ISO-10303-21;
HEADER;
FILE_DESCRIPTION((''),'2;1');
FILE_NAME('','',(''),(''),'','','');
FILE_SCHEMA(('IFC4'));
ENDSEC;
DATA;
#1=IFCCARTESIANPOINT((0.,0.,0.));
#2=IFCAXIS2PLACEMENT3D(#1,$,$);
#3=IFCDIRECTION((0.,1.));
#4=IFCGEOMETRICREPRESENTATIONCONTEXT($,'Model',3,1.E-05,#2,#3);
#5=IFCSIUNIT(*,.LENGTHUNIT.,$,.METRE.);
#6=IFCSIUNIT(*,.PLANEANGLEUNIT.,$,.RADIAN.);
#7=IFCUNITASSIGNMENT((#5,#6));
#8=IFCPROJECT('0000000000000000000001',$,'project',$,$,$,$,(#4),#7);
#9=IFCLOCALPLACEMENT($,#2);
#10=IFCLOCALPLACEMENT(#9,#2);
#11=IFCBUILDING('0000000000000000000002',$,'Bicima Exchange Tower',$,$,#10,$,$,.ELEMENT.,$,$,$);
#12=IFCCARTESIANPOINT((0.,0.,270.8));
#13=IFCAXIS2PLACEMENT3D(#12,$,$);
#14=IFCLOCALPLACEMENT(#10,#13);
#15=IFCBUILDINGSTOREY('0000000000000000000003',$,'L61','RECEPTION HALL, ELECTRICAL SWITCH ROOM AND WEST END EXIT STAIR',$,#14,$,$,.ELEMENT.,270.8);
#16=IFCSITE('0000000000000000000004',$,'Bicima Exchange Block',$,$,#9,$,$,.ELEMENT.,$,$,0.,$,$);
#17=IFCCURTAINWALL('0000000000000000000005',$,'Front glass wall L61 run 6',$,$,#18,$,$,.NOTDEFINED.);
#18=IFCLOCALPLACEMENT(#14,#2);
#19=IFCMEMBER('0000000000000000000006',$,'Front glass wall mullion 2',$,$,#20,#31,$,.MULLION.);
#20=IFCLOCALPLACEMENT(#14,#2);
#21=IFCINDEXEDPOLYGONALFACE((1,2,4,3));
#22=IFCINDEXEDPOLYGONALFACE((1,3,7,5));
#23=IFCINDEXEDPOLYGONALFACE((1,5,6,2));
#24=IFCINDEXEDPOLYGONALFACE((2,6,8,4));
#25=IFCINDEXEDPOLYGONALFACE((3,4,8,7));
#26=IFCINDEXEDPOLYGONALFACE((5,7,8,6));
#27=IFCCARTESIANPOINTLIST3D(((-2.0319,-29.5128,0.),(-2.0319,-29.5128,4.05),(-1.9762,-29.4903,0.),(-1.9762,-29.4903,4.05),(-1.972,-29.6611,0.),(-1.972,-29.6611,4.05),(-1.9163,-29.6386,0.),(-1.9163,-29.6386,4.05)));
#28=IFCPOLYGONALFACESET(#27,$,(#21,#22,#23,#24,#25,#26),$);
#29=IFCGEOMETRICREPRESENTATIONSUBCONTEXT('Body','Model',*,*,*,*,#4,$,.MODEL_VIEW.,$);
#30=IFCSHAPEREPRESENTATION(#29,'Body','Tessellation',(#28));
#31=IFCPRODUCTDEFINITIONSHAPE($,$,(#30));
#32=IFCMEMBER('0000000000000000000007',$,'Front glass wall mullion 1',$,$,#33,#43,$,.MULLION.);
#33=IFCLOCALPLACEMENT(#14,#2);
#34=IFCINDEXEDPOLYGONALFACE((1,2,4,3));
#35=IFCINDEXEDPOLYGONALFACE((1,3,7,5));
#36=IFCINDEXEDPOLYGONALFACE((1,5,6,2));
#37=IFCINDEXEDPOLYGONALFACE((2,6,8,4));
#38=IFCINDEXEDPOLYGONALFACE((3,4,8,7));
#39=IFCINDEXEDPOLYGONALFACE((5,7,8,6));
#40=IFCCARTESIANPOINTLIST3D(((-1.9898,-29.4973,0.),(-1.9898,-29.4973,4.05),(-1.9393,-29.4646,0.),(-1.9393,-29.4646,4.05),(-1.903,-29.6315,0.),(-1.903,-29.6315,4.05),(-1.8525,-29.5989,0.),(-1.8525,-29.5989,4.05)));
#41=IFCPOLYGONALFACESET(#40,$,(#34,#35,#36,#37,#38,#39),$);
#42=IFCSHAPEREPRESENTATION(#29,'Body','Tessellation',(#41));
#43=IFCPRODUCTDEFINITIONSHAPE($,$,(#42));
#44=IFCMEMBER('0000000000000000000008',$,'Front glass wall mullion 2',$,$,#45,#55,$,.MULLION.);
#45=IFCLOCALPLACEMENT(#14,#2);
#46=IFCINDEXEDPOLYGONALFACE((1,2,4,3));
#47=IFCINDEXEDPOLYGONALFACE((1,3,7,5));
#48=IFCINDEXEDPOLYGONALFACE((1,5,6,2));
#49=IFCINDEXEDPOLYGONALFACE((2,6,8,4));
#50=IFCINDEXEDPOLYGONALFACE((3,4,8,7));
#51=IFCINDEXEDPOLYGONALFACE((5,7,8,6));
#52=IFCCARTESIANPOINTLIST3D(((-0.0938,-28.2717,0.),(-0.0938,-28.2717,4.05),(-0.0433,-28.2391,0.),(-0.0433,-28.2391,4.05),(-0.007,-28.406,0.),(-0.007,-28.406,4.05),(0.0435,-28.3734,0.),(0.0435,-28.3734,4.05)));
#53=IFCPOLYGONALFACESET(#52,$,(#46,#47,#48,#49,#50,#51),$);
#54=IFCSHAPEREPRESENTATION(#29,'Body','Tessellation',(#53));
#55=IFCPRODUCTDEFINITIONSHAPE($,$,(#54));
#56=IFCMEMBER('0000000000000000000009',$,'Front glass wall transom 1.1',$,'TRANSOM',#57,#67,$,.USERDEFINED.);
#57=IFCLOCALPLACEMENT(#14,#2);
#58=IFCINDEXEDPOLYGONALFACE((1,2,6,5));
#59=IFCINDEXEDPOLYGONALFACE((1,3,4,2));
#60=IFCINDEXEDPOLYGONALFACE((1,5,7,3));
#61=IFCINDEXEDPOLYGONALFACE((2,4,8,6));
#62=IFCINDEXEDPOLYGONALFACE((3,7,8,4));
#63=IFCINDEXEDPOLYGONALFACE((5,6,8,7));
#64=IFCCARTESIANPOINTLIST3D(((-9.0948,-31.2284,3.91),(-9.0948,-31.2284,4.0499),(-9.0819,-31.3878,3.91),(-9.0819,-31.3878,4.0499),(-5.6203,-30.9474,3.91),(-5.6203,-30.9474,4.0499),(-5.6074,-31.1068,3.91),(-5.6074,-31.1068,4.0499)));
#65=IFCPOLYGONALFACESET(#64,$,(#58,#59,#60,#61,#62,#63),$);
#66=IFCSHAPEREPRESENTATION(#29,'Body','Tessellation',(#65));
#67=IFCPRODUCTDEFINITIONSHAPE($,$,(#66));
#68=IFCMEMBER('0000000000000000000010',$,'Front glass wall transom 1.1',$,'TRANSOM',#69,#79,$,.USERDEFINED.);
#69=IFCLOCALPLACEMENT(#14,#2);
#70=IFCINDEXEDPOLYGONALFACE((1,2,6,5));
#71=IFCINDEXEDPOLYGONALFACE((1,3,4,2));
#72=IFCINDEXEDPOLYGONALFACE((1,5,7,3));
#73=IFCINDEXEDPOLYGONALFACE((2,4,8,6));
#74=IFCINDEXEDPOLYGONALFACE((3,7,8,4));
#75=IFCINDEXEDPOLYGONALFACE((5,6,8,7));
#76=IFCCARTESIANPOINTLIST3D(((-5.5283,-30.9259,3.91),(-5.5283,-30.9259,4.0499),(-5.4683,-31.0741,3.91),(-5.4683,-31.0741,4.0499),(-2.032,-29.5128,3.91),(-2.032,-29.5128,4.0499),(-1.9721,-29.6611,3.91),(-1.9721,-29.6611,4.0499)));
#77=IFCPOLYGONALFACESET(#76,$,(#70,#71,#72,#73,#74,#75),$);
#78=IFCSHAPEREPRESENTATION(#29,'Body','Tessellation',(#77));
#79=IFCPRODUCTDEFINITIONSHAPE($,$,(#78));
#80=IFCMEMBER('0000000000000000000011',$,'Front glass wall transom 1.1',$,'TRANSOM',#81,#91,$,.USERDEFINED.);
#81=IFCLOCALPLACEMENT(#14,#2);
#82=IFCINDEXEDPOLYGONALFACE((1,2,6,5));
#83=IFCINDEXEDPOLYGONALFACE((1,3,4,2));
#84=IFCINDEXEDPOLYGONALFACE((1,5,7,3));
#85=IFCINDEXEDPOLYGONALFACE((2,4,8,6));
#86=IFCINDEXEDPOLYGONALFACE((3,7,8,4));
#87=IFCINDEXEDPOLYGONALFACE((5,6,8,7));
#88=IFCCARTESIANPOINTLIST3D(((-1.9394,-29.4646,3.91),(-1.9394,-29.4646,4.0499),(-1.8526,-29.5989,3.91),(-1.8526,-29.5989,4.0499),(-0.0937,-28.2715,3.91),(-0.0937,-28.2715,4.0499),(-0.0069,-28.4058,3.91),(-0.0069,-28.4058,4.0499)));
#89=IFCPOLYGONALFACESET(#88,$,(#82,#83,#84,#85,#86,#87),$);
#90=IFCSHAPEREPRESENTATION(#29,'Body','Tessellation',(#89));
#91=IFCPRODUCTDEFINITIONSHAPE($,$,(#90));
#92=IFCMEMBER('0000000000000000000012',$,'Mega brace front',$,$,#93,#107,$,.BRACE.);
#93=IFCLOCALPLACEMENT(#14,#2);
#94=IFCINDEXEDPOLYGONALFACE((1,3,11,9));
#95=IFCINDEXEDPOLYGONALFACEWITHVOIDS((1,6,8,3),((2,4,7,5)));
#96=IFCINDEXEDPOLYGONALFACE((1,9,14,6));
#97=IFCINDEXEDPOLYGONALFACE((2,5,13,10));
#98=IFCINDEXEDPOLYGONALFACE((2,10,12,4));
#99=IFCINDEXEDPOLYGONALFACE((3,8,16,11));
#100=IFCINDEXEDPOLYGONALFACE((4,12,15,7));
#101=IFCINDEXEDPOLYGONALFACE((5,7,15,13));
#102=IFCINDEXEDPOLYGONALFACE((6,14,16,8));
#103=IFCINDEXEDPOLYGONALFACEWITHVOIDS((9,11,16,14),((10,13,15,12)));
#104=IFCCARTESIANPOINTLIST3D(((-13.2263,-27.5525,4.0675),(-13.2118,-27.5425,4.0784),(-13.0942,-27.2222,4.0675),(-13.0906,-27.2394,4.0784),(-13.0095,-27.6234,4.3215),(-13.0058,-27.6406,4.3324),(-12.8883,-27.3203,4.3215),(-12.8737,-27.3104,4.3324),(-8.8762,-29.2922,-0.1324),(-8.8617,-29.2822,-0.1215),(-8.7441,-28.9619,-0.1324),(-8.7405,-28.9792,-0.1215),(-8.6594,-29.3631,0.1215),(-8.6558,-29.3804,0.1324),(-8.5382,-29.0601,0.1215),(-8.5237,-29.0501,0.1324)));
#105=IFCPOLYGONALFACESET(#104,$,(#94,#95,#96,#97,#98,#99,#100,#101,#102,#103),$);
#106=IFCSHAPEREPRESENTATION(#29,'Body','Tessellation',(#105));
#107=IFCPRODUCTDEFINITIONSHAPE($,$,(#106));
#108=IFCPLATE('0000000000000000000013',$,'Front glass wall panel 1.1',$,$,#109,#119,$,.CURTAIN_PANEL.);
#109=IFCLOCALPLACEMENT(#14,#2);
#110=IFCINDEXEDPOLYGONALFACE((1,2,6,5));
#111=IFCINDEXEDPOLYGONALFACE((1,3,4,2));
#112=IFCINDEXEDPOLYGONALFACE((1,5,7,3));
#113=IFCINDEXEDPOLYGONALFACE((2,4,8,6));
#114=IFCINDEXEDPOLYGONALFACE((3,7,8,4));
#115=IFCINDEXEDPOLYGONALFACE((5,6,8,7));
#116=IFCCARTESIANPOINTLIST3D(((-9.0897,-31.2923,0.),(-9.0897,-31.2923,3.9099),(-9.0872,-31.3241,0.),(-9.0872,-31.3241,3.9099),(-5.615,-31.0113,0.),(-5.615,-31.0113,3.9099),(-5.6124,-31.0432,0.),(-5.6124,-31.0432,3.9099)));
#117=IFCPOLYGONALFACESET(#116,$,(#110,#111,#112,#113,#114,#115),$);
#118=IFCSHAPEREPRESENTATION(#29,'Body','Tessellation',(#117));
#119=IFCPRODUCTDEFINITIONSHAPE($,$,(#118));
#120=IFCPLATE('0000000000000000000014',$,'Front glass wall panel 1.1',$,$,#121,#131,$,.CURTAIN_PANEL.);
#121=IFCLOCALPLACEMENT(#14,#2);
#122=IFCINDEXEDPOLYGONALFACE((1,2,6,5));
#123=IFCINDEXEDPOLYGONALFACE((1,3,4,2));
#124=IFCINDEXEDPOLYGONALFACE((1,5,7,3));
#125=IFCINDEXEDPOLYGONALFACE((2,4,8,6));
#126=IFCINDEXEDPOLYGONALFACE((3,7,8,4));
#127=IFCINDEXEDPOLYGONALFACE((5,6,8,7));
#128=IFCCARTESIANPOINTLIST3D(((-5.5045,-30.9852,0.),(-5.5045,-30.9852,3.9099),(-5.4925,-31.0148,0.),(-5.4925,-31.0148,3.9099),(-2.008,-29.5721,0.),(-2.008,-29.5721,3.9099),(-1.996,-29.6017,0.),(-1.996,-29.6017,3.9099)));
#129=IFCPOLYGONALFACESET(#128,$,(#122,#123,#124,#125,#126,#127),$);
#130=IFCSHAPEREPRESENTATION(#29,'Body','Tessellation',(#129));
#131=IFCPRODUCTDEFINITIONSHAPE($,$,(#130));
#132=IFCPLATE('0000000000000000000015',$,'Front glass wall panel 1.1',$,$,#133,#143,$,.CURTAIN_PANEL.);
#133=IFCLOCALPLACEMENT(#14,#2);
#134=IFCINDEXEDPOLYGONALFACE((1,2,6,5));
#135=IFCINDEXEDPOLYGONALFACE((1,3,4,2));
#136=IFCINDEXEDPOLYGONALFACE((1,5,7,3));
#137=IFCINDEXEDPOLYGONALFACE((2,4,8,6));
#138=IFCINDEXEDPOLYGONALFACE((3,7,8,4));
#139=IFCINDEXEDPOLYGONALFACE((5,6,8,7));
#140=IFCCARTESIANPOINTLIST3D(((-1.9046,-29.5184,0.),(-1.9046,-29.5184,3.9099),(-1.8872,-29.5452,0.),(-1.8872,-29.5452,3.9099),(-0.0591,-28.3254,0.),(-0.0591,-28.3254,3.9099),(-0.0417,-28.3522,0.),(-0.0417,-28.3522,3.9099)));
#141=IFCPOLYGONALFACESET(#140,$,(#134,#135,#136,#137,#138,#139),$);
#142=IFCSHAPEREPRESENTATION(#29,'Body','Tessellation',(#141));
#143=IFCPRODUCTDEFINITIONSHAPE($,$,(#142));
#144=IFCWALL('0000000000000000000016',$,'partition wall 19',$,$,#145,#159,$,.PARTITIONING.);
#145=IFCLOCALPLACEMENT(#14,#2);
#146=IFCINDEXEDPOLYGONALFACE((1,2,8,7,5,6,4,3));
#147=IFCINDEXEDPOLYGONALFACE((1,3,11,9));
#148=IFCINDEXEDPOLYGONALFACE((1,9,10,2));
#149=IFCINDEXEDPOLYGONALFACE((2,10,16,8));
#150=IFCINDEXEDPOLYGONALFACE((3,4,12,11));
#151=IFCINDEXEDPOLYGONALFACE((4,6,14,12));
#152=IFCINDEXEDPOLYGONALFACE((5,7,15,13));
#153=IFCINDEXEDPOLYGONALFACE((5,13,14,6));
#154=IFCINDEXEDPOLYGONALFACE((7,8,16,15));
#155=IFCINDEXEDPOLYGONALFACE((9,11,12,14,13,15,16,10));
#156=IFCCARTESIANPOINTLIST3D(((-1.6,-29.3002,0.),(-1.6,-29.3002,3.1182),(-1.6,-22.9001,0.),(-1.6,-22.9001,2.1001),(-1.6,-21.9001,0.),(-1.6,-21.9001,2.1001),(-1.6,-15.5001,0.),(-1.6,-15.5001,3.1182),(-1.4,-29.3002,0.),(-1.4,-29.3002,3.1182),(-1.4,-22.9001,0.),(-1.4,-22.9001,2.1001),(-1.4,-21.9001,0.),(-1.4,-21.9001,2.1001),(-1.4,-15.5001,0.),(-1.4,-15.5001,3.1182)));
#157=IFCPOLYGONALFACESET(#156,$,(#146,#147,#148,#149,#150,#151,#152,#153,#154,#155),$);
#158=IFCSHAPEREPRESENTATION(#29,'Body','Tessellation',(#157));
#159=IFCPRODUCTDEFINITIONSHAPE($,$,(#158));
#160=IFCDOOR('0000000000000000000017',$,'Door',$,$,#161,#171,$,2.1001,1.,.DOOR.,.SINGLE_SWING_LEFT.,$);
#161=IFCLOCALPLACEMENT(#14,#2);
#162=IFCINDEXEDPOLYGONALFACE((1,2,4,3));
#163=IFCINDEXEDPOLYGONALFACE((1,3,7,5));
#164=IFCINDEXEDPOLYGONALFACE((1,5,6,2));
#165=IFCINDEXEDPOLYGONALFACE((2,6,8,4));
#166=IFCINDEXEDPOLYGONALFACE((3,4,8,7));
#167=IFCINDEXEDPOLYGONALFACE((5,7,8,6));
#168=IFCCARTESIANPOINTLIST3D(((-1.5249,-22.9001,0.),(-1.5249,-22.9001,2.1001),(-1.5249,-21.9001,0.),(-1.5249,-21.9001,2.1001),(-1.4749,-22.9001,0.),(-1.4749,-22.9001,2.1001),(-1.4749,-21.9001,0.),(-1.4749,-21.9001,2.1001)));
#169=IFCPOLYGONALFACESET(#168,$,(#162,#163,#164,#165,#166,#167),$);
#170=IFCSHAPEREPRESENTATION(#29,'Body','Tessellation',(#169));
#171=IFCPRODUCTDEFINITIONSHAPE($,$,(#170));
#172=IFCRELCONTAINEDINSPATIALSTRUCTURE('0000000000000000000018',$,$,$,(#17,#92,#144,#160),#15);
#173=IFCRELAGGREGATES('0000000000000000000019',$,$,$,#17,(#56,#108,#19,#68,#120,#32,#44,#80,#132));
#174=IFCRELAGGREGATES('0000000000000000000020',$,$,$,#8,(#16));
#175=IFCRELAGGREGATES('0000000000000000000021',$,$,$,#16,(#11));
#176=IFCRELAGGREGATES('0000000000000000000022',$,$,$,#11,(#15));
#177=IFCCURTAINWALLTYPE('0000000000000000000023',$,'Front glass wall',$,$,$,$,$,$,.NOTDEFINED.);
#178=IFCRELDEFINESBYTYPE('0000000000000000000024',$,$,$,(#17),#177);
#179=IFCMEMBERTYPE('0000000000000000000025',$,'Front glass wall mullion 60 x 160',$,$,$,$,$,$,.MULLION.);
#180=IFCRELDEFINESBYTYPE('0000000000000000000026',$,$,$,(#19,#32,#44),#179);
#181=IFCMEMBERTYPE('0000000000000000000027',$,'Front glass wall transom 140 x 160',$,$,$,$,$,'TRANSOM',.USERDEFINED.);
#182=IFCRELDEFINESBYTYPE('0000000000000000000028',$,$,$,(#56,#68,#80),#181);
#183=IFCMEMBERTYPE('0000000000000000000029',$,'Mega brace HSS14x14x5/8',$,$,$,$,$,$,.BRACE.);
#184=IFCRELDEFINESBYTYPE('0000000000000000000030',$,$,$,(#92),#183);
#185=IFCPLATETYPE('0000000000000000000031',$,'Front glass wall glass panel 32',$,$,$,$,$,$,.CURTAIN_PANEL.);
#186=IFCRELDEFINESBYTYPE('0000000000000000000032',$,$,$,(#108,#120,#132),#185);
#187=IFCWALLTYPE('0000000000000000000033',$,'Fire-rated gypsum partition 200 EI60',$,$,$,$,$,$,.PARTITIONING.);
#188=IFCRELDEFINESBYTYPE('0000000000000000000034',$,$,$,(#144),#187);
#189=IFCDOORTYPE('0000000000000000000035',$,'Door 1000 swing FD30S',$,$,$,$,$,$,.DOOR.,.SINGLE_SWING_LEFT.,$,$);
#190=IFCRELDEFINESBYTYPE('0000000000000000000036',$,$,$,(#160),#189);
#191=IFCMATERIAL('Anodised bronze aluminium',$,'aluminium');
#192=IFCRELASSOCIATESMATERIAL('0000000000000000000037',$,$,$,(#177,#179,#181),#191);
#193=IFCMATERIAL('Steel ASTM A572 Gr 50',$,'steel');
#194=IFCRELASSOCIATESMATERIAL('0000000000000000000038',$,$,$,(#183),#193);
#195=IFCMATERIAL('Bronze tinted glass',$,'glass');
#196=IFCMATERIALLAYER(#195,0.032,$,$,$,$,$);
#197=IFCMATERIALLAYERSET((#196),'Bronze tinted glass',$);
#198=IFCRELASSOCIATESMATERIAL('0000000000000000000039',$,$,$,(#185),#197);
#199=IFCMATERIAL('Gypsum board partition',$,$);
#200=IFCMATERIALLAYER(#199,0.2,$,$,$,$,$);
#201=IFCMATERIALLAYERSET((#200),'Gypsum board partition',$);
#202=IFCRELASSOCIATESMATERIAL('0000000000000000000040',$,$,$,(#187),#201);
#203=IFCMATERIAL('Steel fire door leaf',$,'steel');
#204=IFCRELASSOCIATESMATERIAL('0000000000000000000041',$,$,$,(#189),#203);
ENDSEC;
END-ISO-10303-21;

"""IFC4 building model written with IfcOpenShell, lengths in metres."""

from ifc_helpers import new_model, si_unit, direction, frame, frame_2d, origin, origin_2d, place, context, subcontext, project, spatial, rectangle, hollow_rectangle, extrude, material, layer, layer_set, material_profile, profile_set, type_object, element, fill, aggregate, save


model = new_model("IFC4")

# Units and contexts
model_context = context("Model", 3, precision=1e-05, world=origin(), true_north=direction((0.0, 1.0)))
body_context = subcontext(model_context, "Body", "Model", "MODEL_VIEW")
ifc_project = project(units=[si_unit("LENGTHUNIT", "METRE"), si_unit("PLANEANGLEUNIT", "RADIAN")], contexts=[model_context])

# Site, building, storey
site_placement = place(None, origin())
site = spatial("IfcSite", under=ifc_project, at=site_placement, Name="Bicima Exchange Block", CompositionType="ELEMENT", RefElevation=0.0)
building_placement = place(site_placement, origin())
building = spatial("IfcBuilding", under=site, at=building_placement, Name="Bicima Exchange Tower", CompositionType="ELEMENT")
storey_placement = place(building_placement, frame((0.0, 0.0, 270.8)))
storey = spatial("IfcBuildingStorey", under=building, at=storey_placement, Name="L61", Description="RECEPTION HALL, ELECTRICAL SWITCH ROOM AND WEST END EXIT STAIR", CompositionType="ELEMENT", Elevation=270.8)

# Curtain wall, members
ifc_material_1 = material(Name="Anodised bronze aluminium", Category="aluminium")
curtain_wall_type = type_object("IfcCurtainWallType", Name="Front glass wall", PredefinedType="NOTDEFINED", material=ifc_material_1)
curtain_wall_placement = place(storey_placement, origin())
curtain_wall = element("IfcCurtainWall", 1, at=curtain_wall_placement, inside=storey, type_object=curtain_wall_type, Name="Front glass wall L61 run 6", PredefinedType="NOTDEFINED")
ifc_material_profile_1 = material_profile(ifc_material_1, rectangle(XDim=0.1599, YDim=0.0601, at=origin_2d()))
ifc_profile_set_1 = profile_set([ifc_material_profile_1], Name="Anodised bronze aluminium")
member_type_1 = type_object("IfcMemberType", Name="Front glass wall mullion 60 x 160", PredefinedType="MULLION", material=ifc_profile_set_1)
member_1_placement = place(storey_placement, frame((-1.9741, -29.5757, 0.0), z_axis=(0.0, 0.0, 1.0), x_axis=(-0.374705, 0.927144, 0.0)))
member_1 = element("IfcMember", 2, at=member_1_placement, type_object=member_type_1, Name="Front glass wall mullion 2", PredefinedType="MULLION", context=body_context, shape_type="SweptSolid", body=[
    extrude(rectangle(XDim=0.1599, YDim=0.0601, at=origin_2d()), origin(), (0.0, 0.0, 1.0), 4.05),
])
member_2_placement = place(storey_placement, frame((-1.9211, -29.5481, 0.0), z_axis=(0.0, 0.0, 1.0), x_axis=(-0.542897, 0.839799, 0.0)))
member_2 = element("IfcMember", 3, at=member_2_placement, type_object=member_type_1, Name="Front glass wall mullion 1", PredefinedType="MULLION", context=body_context, shape_type="SweptSolid", body=[
    extrude(rectangle(XDim=0.1599, YDim=0.0601, at=origin_2d()), origin(), (0.0, 0.0, 1.0), 4.05),
])
member_3_placement = place(storey_placement, frame((-0.0251, -28.3225, 0.0), z_axis=(0.0, 0.0, 1.0), x_axis=(-0.542897, 0.839799, 0.0)))
member_3 = element("IfcMember", 4, at=member_3_placement, type_object=member_type_1, Name="Front glass wall mullion 2", PredefinedType="MULLION", context=body_context, shape_type="SweptSolid", body=[
    extrude(rectangle(XDim=0.1599, YDim=0.0601, at=origin_2d()), origin(), (0.0, 0.0, 1.0), 4.05),
])
ifc_material_profile_2 = material_profile(ifc_material_1, rectangle(XDim=0.1599, YDim=0.1399, at=origin_2d()))
ifc_profile_set_2 = profile_set([ifc_material_profile_2], Name="Anodised bronze aluminium")
member_type_2 = type_object("IfcMemberType", Name="Front glass wall transom 140 x 160", ElementType="TRANSOM", PredefinedType="USERDEFINED", material=ifc_profile_set_2)
member_4_placement = place(storey_placement, frame((-9.0884, -31.3081, 3.98), z_axis=(0.996746, 0.080611, 0.0), x_axis=(-0.080611, 0.996746, 0.0)))
member_4 = element("IfcMember", 5, at=member_4_placement, type_object=member_type_2, Name="Front glass wall transom 1.1", ObjectType="TRANSOM", PredefinedType="USERDEFINED", context=body_context, shape_type="SweptSolid", body=[
    extrude(rectangle(XDim=0.1599, YDim=0.1399, at=origin_2d()), origin(), (0.0, 0.0, 1.0), 3.4858),
])
member_5_placement = place(storey_placement, frame((-5.4983, -31.0, 3.98), z_axis=(0.92714, 0.374715, 0.0), x_axis=(-0.374715, 0.92714, 0.0)))
member_5 = element("IfcMember", 6, at=member_5_placement, type_object=member_type_2, Name="Front glass wall transom 1.1", ObjectType="TRANSOM", PredefinedType="USERDEFINED", context=body_context, shape_type="SweptSolid", body=[
    extrude(rectangle(XDim=0.1599, YDim=0.1399, at=origin_2d()), origin(), (0.0, 0.0, 1.0), 3.771),
])
member_6_placement = place(storey_placement, frame((-1.896, -29.5317, 3.98), z_axis=(0.839811, 0.542878, 0.0), x_axis=(-0.542878, 0.839811, 0.0)))
member_6 = element("IfcMember", 7, at=member_6_placement, type_object=member_type_2, Name="Front glass wall transom 1.1", ObjectType="TRANSOM", PredefinedType="USERDEFINED", context=body_context, shape_type="SweptSolid", body=[
    extrude(rectangle(XDim=0.1599, YDim=0.1399, at=origin_2d()), origin(), (0.0, 0.0, 1.0), 2.1978),
])

# Member
ifc_material_2 = material(Name="Steel ASTM A572 Gr 50", Category="steel")
ifc_material_profile_3 = material_profile(ifc_material_2, hollow_rectangle(XDim=0.3557, YDim=0.3557, WallThickness=0.0146, at=origin_2d()))
ifc_profile_set_3 = profile_set([ifc_material_profile_3], Name="Steel ASTM A572 Gr 50")
member_type_3 = type_object("IfcMemberType", Name="Mega brace HSS14x14x5/8", PredefinedType="BRACE", material=ifc_profile_set_3)
member_7_placement = place(storey_placement, frame((-8.7, -29.1711, 0.0), z_axis=(-0.691366, 0.2765, 0.667503), x_axis=(-0.371337, -0.928498, 0.0)))
element("IfcMember", 8, at=member_7_placement, inside=storey, type_object=member_type_3, Name="Mega brace front", PredefinedType="BRACE", context=body_context, shape_type="SweptSolid", body=[
    extrude(hollow_rectangle(XDim=0.3557, YDim=0.3557, WallThickness=0.0146, at=origin_2d()), origin(), (0.0, 0.0, 1.0), 6.292),
])

# Plates
ifc_material_3 = material(Name="Bronze tinted glass", Category="glass")
ifc_layer_1 = layer(ifc_material_3, 0.032)
ifc_layer_set_1 = layer_set([ifc_layer_1], Name="Bronze tinted glass")
plate_type = type_object("IfcPlateType", Name="Front glass wall glass panel 32", PredefinedType="CURTAIN_PANEL", material=ifc_layer_set_1)
plate_1_placement = place(storey_placement, frame((-7.3511, -31.1677, 0.0), z_axis=(0.0, 0.0, 1.0), x_axis=(0.996747, 0.080589, 0.0)))
plate_1 = element("IfcPlate", 9, at=plate_1_placement, type_object=plate_type, Name="Front glass wall panel 1.1", PredefinedType="CURTAIN_PANEL", context=body_context, shape_type="SweptSolid", body=[
    extrude(rectangle(XDim=3.4861, YDim=0.032, at=origin_2d()), origin(), (0.0, 0.0, 1.0), 3.9099),
])
plate_2_placement = place(storey_placement, frame((-3.7502, -30.2935, 0.0), z_axis=(0.0, 0.0, 1.0), x_axis=(0.927144, 0.374705, 0.0)))
plate_2 = element("IfcPlate", 10, at=plate_2_placement, type_object=plate_type, Name="Front glass wall panel 1.1", PredefinedType="CURTAIN_PANEL", context=body_context, shape_type="SweptSolid", body=[
    extrude(rectangle(XDim=3.7712, YDim=0.032, at=origin_2d()), origin(), (0.0, 0.0, 1.0), 3.9099),
])
plate_3_placement = place(storey_placement, frame((-0.9731, -28.9353, 0.0), z_axis=(0.0, 0.0, 1.0), x_axis=(0.839799, 0.542897, 0.0)))
plate_3 = element("IfcPlate", 11, at=plate_3_placement, type_object=plate_type, Name="Front glass wall panel 1.1", PredefinedType="CURTAIN_PANEL", context=body_context, shape_type="SweptSolid", body=[
    extrude(rectangle(XDim=2.1975, YDim=0.032, at=origin_2d()), origin(), (0.0, 0.0, 1.0), 3.9099),
])
aggregate(curtain_wall, [member_4, plate_1, member_1, member_5, plate_2, member_2, member_3, member_6, plate_3])

# Wall, opening, door
ifc_material_4 = material(Name="Gypsum board partition")
ifc_layer_2 = layer(ifc_material_4, 0.2)
ifc_layer_set_2 = layer_set([ifc_layer_2], Name="Gypsum board partition")
wall_type = type_object("IfcWallType", Name="Fire-rated gypsum partition 200 EI60", PredefinedType="PARTITIONING", material=ifc_layer_set_2)
wall_placement = place(storey_placement, frame((-1.5, -29.3, 0.0), z_axis=(0.0, 0.0, 1.0), x_axis=(0.0, 1.0, 0.0)))
wall = element("IfcWall", 12, at=wall_placement, inside=storey, type_object=wall_type, Name="partition wall 19", PredefinedType="PARTITIONING", context=body_context, shape_type="SweptSolid", body=[
    extrude(rectangle(XDim=13.8, YDim=0.2, at=frame_2d((6.8999, 0.0))), origin(), (0.0, 0.0, 1.0), 3.1182),
])
opening_placement = place(wall_placement, frame((6.3999, 0.0, 0.0)))
opening = element("IfcOpeningElement", 13, at=opening_placement, cuts=wall, PredefinedType="OPENING", context=body_context, shape_type="SweptSolid", body=[
    extrude(rectangle(XDim=1.0, YDim=2.1001, at=frame_2d((0.5, 1.05))), frame((0.0, 0.1118, 0.0), z_axis=(0.0, -1.0, 0.0), x_axis=(1.0, 0.0, 0.0)), (0.0, 0.0, 1.0), 0.2239),
])
ifc_material_5 = material(Name="Steel fire door leaf", Category="steel")
door_type = type_object("IfcDoorType", Name="Door 1000 swing FD30S", OperationType="SINGLE_SWING_LEFT", PredefinedType="DOOR", material=ifc_material_5)
door_placement = place(opening_placement, origin())
door = element("IfcDoor", 14, at=door_placement, inside=storey, type_object=door_type, Name="Door", OperationType="SINGLE_SWING_LEFT", OverallHeight=2.1001, OverallWidth=1.0, PredefinedType="DOOR", context=body_context, shape_type="SweptSolid", body=[
    extrude(rectangle(XDim=1.0, YDim=2.1001, at=frame_2d((0.5, 1.05))), frame((0.0, 0.0249, 0.0), z_axis=(0.0, -1.0, 0.0), x_axis=(1.0, 0.0, 0.0)), (0.0, 0.0, 1.0), 0.05),
])
fill(opening, door)

save(model, "model.ifc")
